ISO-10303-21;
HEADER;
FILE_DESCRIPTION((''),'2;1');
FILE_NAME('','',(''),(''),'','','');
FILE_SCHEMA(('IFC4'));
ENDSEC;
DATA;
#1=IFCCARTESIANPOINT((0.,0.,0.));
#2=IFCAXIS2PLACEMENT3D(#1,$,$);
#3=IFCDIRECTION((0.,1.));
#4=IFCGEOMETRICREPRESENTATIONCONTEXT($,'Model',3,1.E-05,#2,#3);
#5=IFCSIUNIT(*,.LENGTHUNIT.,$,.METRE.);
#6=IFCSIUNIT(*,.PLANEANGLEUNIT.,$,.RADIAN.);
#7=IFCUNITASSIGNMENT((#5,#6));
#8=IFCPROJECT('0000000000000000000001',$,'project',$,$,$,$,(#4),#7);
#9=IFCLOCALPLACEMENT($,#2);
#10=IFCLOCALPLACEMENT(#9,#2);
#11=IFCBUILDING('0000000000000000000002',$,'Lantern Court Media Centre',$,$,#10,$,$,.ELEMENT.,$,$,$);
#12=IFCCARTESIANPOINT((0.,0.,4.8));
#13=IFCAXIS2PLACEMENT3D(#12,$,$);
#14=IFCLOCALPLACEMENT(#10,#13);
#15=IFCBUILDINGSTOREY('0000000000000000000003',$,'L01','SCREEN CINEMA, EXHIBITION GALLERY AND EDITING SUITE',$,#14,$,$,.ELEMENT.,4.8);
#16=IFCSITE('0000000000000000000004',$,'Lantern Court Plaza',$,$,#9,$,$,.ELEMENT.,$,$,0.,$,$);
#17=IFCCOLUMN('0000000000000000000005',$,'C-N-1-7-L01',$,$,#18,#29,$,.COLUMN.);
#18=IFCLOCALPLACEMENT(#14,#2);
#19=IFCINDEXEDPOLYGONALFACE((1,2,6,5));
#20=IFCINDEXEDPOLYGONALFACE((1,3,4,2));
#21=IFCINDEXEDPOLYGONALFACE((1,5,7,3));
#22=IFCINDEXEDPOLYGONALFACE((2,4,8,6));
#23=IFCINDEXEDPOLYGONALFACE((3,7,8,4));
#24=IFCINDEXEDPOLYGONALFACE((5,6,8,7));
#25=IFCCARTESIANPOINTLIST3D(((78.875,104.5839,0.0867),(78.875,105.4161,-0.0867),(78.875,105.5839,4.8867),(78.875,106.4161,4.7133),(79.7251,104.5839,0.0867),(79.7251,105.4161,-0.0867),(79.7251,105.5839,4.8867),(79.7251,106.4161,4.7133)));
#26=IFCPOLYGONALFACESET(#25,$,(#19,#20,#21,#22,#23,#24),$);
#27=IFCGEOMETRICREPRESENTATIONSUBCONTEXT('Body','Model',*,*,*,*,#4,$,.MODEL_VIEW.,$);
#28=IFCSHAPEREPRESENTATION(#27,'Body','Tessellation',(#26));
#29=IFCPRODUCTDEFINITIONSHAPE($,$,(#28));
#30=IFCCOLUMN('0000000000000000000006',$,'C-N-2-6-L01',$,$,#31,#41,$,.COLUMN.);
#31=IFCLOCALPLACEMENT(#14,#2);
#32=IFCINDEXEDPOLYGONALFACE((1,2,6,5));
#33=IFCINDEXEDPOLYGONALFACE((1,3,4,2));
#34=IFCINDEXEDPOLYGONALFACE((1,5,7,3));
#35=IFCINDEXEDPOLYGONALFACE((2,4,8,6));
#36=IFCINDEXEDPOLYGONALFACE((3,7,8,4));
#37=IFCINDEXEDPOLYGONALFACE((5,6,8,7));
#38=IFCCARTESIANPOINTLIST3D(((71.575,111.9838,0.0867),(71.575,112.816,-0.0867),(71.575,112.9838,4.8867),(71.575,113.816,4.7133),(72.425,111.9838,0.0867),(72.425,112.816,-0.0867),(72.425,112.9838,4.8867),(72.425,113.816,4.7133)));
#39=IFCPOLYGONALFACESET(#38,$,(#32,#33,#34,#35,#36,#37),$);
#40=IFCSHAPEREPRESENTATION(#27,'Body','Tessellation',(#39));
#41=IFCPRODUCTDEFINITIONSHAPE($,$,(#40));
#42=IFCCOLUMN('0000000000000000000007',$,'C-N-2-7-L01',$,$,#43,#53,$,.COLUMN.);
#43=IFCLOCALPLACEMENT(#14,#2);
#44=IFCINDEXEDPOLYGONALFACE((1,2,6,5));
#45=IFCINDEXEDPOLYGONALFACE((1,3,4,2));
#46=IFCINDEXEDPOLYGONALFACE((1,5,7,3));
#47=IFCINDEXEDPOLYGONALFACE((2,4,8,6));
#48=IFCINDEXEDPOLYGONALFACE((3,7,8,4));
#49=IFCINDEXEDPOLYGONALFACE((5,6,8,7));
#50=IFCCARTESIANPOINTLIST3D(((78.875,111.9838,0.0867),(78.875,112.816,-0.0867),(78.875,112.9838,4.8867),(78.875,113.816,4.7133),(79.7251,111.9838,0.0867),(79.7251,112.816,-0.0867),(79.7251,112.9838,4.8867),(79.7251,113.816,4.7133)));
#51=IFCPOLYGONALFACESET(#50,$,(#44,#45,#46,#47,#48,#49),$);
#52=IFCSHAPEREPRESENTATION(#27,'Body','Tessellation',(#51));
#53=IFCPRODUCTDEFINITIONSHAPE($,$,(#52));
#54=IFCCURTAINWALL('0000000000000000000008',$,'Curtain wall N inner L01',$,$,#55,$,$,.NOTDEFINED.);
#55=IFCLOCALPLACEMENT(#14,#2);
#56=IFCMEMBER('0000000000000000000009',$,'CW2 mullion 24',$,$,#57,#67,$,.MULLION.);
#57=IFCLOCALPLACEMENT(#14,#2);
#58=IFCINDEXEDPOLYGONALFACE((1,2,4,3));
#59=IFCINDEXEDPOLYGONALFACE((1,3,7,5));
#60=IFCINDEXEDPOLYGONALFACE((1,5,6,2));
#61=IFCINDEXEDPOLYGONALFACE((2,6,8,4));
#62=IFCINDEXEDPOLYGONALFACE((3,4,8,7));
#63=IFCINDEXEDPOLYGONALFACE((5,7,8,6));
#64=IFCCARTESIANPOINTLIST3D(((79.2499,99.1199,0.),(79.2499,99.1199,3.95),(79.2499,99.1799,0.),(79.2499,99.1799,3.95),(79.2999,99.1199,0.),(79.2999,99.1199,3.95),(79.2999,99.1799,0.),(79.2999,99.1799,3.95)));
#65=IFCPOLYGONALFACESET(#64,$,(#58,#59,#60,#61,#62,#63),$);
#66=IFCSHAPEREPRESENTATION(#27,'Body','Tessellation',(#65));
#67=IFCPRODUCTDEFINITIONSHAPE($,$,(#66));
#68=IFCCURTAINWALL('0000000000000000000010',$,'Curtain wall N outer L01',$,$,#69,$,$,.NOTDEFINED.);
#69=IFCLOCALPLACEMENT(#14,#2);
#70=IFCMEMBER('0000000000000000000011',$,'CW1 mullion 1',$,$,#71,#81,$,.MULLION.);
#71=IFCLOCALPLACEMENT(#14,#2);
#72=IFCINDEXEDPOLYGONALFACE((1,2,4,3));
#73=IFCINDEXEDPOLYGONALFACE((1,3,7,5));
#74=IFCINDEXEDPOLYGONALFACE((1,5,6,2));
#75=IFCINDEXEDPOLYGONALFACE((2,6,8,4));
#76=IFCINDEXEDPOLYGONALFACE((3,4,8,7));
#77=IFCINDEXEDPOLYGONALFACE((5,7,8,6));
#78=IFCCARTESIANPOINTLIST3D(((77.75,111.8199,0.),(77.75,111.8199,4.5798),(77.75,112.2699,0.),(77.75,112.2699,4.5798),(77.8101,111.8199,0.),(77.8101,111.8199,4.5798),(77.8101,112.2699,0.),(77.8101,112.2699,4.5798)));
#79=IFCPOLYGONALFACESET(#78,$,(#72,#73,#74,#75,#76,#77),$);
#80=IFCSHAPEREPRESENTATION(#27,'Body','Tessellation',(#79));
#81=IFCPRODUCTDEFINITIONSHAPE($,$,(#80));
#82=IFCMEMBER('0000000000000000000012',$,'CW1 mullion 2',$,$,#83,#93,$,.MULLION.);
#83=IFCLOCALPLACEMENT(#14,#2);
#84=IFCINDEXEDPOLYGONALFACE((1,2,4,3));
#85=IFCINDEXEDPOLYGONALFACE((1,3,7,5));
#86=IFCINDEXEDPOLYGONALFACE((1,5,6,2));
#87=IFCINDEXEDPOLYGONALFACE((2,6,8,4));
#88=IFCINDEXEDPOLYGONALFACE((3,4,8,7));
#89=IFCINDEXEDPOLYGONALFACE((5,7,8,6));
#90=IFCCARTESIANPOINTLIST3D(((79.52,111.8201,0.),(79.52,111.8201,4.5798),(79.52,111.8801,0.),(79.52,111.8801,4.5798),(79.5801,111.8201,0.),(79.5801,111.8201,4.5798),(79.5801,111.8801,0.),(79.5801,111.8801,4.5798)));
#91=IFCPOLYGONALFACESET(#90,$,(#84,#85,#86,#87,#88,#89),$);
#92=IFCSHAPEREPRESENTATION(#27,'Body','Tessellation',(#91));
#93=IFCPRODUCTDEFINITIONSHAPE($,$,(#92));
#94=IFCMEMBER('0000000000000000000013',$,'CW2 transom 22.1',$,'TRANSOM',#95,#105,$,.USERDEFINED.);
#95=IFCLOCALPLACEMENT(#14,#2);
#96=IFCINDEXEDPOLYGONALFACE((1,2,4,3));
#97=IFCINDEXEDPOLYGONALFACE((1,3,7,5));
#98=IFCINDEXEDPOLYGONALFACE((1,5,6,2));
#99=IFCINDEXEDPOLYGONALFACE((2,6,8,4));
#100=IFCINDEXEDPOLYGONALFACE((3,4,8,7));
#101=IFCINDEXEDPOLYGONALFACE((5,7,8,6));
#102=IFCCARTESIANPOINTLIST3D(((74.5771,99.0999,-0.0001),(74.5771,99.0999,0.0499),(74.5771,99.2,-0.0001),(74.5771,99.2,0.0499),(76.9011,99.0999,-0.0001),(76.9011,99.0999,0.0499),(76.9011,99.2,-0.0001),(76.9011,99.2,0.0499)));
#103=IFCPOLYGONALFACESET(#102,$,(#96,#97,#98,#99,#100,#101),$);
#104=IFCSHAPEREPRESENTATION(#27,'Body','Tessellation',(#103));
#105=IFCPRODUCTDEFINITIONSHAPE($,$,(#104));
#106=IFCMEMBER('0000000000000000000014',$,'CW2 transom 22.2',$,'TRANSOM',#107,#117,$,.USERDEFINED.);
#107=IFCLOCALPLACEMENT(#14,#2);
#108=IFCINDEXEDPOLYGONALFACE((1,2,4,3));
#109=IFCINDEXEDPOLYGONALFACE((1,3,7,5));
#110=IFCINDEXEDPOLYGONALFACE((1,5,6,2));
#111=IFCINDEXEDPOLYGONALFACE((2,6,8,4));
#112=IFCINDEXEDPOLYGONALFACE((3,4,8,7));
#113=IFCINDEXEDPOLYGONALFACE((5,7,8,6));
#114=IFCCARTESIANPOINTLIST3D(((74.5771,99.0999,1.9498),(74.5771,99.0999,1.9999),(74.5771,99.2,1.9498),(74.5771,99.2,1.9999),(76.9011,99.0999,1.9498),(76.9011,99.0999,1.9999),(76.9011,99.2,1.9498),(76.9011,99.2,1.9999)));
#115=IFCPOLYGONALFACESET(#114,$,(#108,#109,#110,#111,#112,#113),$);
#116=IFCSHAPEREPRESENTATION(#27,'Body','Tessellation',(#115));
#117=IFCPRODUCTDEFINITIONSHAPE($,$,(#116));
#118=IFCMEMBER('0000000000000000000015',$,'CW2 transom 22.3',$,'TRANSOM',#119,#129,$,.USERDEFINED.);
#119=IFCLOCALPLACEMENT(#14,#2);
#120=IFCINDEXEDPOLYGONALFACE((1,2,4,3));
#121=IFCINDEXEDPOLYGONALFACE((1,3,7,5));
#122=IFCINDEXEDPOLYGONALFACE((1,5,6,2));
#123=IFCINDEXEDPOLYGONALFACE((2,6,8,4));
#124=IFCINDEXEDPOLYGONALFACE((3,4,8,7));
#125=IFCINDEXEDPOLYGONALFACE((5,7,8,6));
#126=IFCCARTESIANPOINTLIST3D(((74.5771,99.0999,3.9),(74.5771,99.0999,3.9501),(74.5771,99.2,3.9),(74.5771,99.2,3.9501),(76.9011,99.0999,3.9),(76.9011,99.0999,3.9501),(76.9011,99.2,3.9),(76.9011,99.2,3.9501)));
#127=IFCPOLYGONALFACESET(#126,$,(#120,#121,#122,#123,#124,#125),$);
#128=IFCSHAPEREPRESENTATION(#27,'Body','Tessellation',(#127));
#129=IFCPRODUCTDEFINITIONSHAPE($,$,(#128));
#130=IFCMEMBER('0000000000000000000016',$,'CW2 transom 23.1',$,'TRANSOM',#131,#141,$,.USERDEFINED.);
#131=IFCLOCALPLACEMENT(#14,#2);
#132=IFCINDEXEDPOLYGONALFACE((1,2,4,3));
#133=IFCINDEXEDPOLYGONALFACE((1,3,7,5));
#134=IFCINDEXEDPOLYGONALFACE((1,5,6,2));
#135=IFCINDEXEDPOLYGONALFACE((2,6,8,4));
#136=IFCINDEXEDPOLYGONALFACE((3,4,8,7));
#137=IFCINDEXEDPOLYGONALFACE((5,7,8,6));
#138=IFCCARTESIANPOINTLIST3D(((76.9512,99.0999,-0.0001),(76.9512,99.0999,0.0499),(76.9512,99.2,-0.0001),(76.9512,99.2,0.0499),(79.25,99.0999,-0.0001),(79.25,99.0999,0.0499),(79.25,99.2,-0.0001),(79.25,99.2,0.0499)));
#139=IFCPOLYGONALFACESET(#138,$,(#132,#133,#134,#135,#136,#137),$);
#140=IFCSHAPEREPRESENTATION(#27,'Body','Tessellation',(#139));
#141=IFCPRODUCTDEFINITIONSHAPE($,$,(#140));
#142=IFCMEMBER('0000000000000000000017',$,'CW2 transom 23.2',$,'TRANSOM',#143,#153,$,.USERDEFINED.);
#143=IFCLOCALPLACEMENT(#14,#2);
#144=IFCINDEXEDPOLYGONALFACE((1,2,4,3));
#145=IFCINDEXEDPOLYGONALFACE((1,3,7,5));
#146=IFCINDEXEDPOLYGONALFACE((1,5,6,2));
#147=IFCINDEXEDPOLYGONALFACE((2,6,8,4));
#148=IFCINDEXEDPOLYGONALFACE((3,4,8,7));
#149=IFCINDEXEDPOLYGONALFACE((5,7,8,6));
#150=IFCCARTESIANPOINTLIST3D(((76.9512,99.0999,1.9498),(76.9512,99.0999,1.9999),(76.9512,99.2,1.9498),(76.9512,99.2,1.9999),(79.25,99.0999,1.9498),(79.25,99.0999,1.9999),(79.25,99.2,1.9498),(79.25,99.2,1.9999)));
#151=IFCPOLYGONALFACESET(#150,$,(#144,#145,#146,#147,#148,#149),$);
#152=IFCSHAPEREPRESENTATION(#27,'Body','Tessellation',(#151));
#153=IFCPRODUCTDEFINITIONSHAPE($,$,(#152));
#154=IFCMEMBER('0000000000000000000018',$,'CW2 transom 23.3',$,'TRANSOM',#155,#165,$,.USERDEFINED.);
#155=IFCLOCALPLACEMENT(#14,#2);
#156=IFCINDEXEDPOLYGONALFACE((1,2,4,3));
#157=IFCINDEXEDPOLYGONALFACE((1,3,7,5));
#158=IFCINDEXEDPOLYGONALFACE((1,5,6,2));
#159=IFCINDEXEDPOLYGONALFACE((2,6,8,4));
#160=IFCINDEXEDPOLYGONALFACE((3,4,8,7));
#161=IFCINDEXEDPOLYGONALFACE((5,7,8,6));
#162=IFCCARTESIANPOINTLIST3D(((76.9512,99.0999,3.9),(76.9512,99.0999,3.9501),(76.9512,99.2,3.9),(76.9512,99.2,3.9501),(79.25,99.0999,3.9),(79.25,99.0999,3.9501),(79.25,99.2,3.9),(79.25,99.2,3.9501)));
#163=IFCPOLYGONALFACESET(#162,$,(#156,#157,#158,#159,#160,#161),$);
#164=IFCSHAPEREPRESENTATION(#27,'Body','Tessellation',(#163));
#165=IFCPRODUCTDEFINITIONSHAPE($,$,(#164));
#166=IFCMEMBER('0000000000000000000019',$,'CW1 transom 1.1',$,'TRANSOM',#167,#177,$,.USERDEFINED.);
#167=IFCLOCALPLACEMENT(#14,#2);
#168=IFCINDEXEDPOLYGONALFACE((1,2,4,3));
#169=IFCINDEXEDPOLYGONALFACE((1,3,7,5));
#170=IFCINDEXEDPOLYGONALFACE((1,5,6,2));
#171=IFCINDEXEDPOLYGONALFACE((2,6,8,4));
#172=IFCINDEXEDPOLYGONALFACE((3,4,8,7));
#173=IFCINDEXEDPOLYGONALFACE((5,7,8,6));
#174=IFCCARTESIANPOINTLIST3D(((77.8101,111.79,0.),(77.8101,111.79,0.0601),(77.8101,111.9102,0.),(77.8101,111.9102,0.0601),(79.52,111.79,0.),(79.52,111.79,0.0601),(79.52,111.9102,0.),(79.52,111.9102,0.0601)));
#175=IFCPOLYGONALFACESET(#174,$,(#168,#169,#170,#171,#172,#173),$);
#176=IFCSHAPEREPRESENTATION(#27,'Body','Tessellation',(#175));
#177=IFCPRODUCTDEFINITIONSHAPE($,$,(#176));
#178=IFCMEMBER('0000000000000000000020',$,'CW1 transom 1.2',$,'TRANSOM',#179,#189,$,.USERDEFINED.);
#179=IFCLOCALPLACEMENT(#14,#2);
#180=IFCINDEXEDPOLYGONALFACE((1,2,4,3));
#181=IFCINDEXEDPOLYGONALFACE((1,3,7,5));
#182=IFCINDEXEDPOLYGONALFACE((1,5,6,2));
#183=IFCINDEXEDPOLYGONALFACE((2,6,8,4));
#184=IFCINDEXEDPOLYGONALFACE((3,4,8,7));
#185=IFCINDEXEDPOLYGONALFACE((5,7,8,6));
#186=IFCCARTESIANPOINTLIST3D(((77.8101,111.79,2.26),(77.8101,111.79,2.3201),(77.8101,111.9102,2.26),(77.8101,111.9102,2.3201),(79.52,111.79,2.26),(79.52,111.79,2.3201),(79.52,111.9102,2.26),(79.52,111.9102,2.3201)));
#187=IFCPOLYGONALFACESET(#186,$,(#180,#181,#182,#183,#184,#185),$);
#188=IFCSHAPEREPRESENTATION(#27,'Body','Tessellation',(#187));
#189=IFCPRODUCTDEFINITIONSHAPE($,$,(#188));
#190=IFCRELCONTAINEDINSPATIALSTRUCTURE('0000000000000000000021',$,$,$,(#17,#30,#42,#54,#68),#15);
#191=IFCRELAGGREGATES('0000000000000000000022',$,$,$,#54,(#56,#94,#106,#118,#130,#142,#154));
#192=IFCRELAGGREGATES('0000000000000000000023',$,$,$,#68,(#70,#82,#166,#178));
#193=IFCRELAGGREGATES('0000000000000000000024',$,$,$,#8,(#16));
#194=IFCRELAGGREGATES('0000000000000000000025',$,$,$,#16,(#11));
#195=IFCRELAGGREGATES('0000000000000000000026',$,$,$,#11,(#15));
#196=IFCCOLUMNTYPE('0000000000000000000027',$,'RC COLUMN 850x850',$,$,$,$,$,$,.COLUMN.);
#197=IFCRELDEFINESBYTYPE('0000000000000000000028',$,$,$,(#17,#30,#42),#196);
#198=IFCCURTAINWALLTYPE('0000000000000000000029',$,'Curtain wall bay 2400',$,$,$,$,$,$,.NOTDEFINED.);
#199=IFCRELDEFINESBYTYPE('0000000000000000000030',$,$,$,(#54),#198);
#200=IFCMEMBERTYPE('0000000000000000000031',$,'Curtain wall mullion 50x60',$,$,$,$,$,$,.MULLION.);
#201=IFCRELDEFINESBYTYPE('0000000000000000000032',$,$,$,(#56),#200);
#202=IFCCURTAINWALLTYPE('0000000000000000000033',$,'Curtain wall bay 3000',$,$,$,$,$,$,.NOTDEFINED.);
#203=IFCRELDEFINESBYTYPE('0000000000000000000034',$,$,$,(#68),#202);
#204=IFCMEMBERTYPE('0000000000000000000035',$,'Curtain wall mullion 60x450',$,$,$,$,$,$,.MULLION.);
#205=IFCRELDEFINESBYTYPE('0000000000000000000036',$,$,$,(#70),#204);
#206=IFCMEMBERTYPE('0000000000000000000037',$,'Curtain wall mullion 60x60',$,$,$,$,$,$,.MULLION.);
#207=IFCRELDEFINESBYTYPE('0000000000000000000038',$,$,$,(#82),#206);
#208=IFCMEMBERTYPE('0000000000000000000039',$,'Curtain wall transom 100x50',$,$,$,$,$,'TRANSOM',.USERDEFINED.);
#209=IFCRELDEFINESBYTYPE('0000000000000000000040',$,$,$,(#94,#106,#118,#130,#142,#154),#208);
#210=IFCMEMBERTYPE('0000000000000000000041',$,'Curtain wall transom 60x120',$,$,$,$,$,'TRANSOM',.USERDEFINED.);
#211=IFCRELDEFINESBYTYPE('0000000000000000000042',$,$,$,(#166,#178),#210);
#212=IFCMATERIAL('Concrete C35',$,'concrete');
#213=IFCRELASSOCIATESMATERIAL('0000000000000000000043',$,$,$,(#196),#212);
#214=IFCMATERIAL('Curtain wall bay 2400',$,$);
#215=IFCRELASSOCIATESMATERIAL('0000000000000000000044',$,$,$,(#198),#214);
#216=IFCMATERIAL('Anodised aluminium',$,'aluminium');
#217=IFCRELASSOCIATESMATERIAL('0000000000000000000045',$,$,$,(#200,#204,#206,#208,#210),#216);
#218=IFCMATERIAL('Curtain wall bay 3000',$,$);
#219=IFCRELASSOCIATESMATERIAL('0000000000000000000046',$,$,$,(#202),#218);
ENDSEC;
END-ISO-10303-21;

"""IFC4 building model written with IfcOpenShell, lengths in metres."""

from ifc_helpers import new_model, si_unit, direction, frame, origin, origin_2d, place, context, subcontext, project, spatial, rectangle, extrude, material, material_profile, profile_set, type_object, element, aggregate, save


model = new_model("IFC4")

# Units and contexts
model_context = context("Model", 3, precision=1e-05, world=origin(), true_north=direction((0.0, 1.0)))
body_context = subcontext(model_context, "Body", "Model", "MODEL_VIEW")
ifc_project = project(units=[si_unit("LENGTHUNIT", "METRE"), si_unit("PLANEANGLEUNIT", "RADIAN")], contexts=[model_context])

# Site, building, storey
site_placement = place(None, origin())
site = spatial("IfcSite", under=ifc_project, at=site_placement, Name="Lantern Court Plaza", CompositionType="ELEMENT", RefElevation=0.0)
building_placement = place(site_placement, origin())
building = spatial("IfcBuilding", under=site, at=building_placement, Name="Lantern Court Media Centre", CompositionType="ELEMENT")
storey_placement = place(building_placement, frame((0.0, 0.0, 4.8)))
storey = spatial("IfcBuildingStorey", under=building, at=storey_placement, Name="L01", Description="SCREEN CINEMA, EXHIBITION GALLERY AND EDITING SUITE", CompositionType="ELEMENT", Elevation=4.8)

# Columns
ifc_material_1 = material(Name="Concrete C35", Category="concrete")
ifc_material_profile_1 = material_profile(ifc_material_1, rectangle(XDim=0.8501, YDim=0.8501, at=origin_2d()), Name="RC 850x850")
ifc_profile_set_1 = profile_set([ifc_material_profile_1], Name="Concrete C35")
column_type = type_object("IfcColumnType", Name="RC COLUMN 850x850", PredefinedType="COLUMN", material=ifc_profile_set_1)
for number, where, z_axis, x_axis, name in (
    (1, (79.3, 105.0, 0.0), (0.0, 0.203952, 0.978981), (-1.0, 0.0, 0.0), "C-N-1-7-L01"),
    (2, (72.0, 112.3999, 0.0), (0.0, 0.203952, 0.978981), (-1.0, 0.0, 0.0), "C-N-2-6-L01"),
    (3, (79.3, 112.3999, 0.0), (0.0, 0.203952, 0.978981), (-1.0, 0.0, 0.0), "C-N-2-7-L01"),
):
    element("IfcColumn", number, at=place(storey_placement, frame(where, z_axis=z_axis, x_axis=x_axis)), inside=storey, type_object=column_type, Name=name, PredefinedType="COLUMN", context=body_context, shape_type="SweptSolid", body=[
        extrude(rectangle(XDim=0.8501, YDim=0.8501, at=origin_2d()), origin(), (0.0, 0.0, 1.0), 4.9031),
    ])

# Curtain wall, member
ifc_material_2 = material(Name="Curtain wall bay 2400")
curtain_wall_type_1 = type_object("IfcCurtainWallType", Name="Curtain wall bay 2400", PredefinedType="NOTDEFINED", material=ifc_material_2)
curtain_wall_1_placement = place(storey_placement, origin())
curtain_wall_1 = element("IfcCurtainWall", 4, at=curtain_wall_1_placement, inside=storey, type_object=curtain_wall_type_1, Name="Curtain wall N inner L01", PredefinedType="NOTDEFINED")
ifc_material_3 = material(Name="Anodised aluminium", Category="aluminium")
ifc_material_profile_2 = material_profile(ifc_material_3, rectangle(XDim=0.0601, YDim=0.05, at=origin_2d()), Name="AL 50x60")
ifc_profile_set_2 = profile_set([ifc_material_profile_2], Name="Anodised aluminium")
member_type_1 = type_object("IfcMemberType", Name="Curtain wall mullion 50x60", PredefinedType="MULLION", material=ifc_profile_set_2)
member_1_placement = place(storey_placement, frame((79.2749, 99.1499, 0.0), z_axis=(0.0, 0.0, 1.0), x_axis=(0.0, 1.0, 0.0)))
member_1 = element("IfcMember", 5, at=member_1_placement, type_object=member_type_1, Name="CW2 mullion 24", PredefinedType="MULLION", context=body_context, shape_type="SweptSolid", body=[
    extrude(rectangle(XDim=0.0601, YDim=0.05, at=origin_2d()), origin(), (0.0, 0.0, 1.0), 3.95),
])

# Curtain wall, members
ifc_material_4 = material(Name="Curtain wall bay 3000")
curtain_wall_type_2 = type_object("IfcCurtainWallType", Name="Curtain wall bay 3000", PredefinedType="NOTDEFINED", material=ifc_material_4)
curtain_wall_2_placement = place(storey_placement, origin())
curtain_wall_2 = element("IfcCurtainWall", 6, at=curtain_wall_2_placement, inside=storey, type_object=curtain_wall_type_2, Name="Curtain wall N outer L01", PredefinedType="NOTDEFINED")
ifc_material_profile_3 = material_profile(ifc_material_3, rectangle(XDim=0.45, YDim=0.0601, at=origin_2d()), Name="AL 60x450")
ifc_profile_set_3 = profile_set([ifc_material_profile_3], Name="Anodised aluminium")
member_type_2 = type_object("IfcMemberType", Name="Curtain wall mullion 60x450", PredefinedType="MULLION", material=ifc_profile_set_3)
member_2_placement = place(storey_placement, frame((77.78, 112.0449, 0.0), z_axis=(0.0, 0.0, 1.0), x_axis=(0.0, 1.0, 0.0)))
member_2 = element("IfcMember", 7, at=member_2_placement, type_object=member_type_2, Name="CW1 mullion 1", PredefinedType="MULLION", context=body_context, shape_type="SweptSolid", body=[
    extrude(rectangle(XDim=0.45, YDim=0.0601, at=origin_2d()), origin(), (0.0, 0.0, 1.0), 4.5798),
])
ifc_material_profile_4 = material_profile(ifc_material_3, rectangle(XDim=0.0601, YDim=0.0601, at=origin_2d()), Name="AL 60x60")
ifc_profile_set_4 = profile_set([ifc_material_profile_4], Name="Anodised aluminium")
member_type_3 = type_object("IfcMemberType", Name="Curtain wall mullion 60x60", PredefinedType="MULLION", material=ifc_profile_set_4)
member_3_placement = place(storey_placement, frame((79.55, 111.8501, 0.0), z_axis=(0.0, 0.0, 1.0), x_axis=(0.0, 1.0, 0.0)))
member_3 = element("IfcMember", 8, at=member_3_placement, type_object=member_type_3, Name="CW1 mullion 2", PredefinedType="MULLION", context=body_context, shape_type="SweptSolid", body=[
    extrude(rectangle(XDim=0.0601, YDim=0.0601, at=origin_2d()), origin(), (0.0, 0.0, 1.0), 4.5798),
])

# Members
ifc_material_profile_5 = material_profile(ifc_material_3, rectangle(XDim=0.1001, YDim=0.05, at=origin_2d()), Name="AL 50x100")
ifc_profile_set_5 = profile_set([ifc_material_profile_5], Name="Anodised aluminium")
member_type_4 = type_object("IfcMemberType", Name="Curtain wall transom 100x50", ElementType="TRANSOM", PredefinedType="USERDEFINED", material=ifc_profile_set_5)
member_4_placement = place(storey_placement, frame((74.5771, 99.1499, 0.0249), z_axis=(1.0, 0.0, 0.0), x_axis=(0.0, 1.0, 0.0)))
member_4 = element("IfcMember", 9, at=member_4_placement, type_object=member_type_4, Name="CW2 transom 22.1", ObjectType="TRANSOM", PredefinedType="USERDEFINED", context=body_context, shape_type="SweptSolid", body=[
    extrude(rectangle(XDim=0.1001, YDim=0.05, at=origin_2d()), origin(), (0.0, 0.0, 1.0), 2.324),
])
member_5_placement = place(storey_placement, frame((74.5771, 99.1499, 1.9749), z_axis=(1.0, 0.0, 0.0), x_axis=(0.0, 1.0, 0.0)))
member_5 = element("IfcMember", 10, at=member_5_placement, type_object=member_type_4, Name="CW2 transom 22.2", ObjectType="TRANSOM", PredefinedType="USERDEFINED", context=body_context, shape_type="SweptSolid", body=[
    extrude(rectangle(XDim=0.1001, YDim=0.05, at=origin_2d()), origin(), (0.0, 0.0, 1.0), 2.324),
])
member_6_placement = place(storey_placement, frame((74.5771, 99.1499, 3.925), z_axis=(1.0, 0.0, 0.0), x_axis=(0.0, 1.0, 0.0)))
member_6 = element("IfcMember", 11, at=member_6_placement, type_object=member_type_4, Name="CW2 transom 22.3", ObjectType="TRANSOM", PredefinedType="USERDEFINED", context=body_context, shape_type="SweptSolid", body=[
    extrude(rectangle(XDim=0.1001, YDim=0.05, at=origin_2d()), origin(), (0.0, 0.0, 1.0), 2.324),
])
member_7_placement = place(storey_placement, frame((76.9512, 99.1499, 0.0249), z_axis=(1.0, 0.0, 0.0), x_axis=(0.0, 1.0, 0.0)))
member_7 = element("IfcMember", 12, at=member_7_placement, type_object=member_type_4, Name="CW2 transom 23.1", ObjectType="TRANSOM", PredefinedType="USERDEFINED", context=body_context, shape_type="SweptSolid", body=[
    extrude(rectangle(XDim=0.1001, YDim=0.05, at=origin_2d()), origin(), (0.0, 0.0, 1.0), 2.2988),
])
member_8_placement = place(storey_placement, frame((76.9512, 99.1499, 1.9749), z_axis=(1.0, 0.0, 0.0), x_axis=(0.0, 1.0, 0.0)))
member_8 = element("IfcMember", 13, at=member_8_placement, type_object=member_type_4, Name="CW2 transom 23.2", ObjectType="TRANSOM", PredefinedType="USERDEFINED", context=body_context, shape_type="SweptSolid", body=[
    extrude(rectangle(XDim=0.1001, YDim=0.05, at=origin_2d()), origin(), (0.0, 0.0, 1.0), 2.2988),
])
member_9_placement = place(storey_placement, frame((76.9512, 99.1499, 3.925), z_axis=(1.0, 0.0, 0.0), x_axis=(0.0, 1.0, 0.0)))
member_9 = element("IfcMember", 14, at=member_9_placement, type_object=member_type_4, Name="CW2 transom 23.3", ObjectType="TRANSOM", PredefinedType="USERDEFINED", context=body_context, shape_type="SweptSolid", body=[
    extrude(rectangle(XDim=0.1001, YDim=0.05, at=origin_2d()), origin(), (0.0, 0.0, 1.0), 2.2988),
])
ifc_material_profile_6 = material_profile(ifc_material_3, rectangle(XDim=0.1201, YDim=0.0601, at=origin_2d()), Name="AL 60x120")
ifc_profile_set_6 = profile_set([ifc_material_profile_6], Name="Anodised aluminium")
member_type_5 = type_object("IfcMemberType", Name="Curtain wall transom 60x120", ElementType="TRANSOM", PredefinedType="USERDEFINED", material=ifc_profile_set_6)
member_10_placement = place(storey_placement, frame((77.8101, 111.8501, 0.03), z_axis=(1.0, 0.0, 0.0), x_axis=(0.0, 1.0, 0.0)))
member_10 = element("IfcMember", 15, at=member_10_placement, type_object=member_type_5, Name="CW1 transom 1.1", ObjectType="TRANSOM", PredefinedType="USERDEFINED", context=body_context, shape_type="SweptSolid", body=[
    extrude(rectangle(XDim=0.1201, YDim=0.0601, at=origin_2d()), origin(), (0.0, 0.0, 1.0), 1.71),
])
member_11_placement = place(storey_placement, frame((77.8101, 111.8501, 2.29), z_axis=(1.0, 0.0, 0.0), x_axis=(0.0, 1.0, 0.0)))
member_11 = element("IfcMember", 16, at=member_11_placement, type_object=member_type_5, Name="CW1 transom 1.2", ObjectType="TRANSOM", PredefinedType="USERDEFINED", context=body_context, shape_type="SweptSolid", body=[
    extrude(rectangle(XDim=0.1201, YDim=0.0601, at=origin_2d()), origin(), (0.0, 0.0, 1.0), 1.71),
])

aggregate(curtain_wall_1, [member_1, member_4, member_5, member_6, member_7, member_8, member_9])
aggregate(curtain_wall_2, [member_2, member_3, member_10, member_11])

save(model, "model.ifc")
